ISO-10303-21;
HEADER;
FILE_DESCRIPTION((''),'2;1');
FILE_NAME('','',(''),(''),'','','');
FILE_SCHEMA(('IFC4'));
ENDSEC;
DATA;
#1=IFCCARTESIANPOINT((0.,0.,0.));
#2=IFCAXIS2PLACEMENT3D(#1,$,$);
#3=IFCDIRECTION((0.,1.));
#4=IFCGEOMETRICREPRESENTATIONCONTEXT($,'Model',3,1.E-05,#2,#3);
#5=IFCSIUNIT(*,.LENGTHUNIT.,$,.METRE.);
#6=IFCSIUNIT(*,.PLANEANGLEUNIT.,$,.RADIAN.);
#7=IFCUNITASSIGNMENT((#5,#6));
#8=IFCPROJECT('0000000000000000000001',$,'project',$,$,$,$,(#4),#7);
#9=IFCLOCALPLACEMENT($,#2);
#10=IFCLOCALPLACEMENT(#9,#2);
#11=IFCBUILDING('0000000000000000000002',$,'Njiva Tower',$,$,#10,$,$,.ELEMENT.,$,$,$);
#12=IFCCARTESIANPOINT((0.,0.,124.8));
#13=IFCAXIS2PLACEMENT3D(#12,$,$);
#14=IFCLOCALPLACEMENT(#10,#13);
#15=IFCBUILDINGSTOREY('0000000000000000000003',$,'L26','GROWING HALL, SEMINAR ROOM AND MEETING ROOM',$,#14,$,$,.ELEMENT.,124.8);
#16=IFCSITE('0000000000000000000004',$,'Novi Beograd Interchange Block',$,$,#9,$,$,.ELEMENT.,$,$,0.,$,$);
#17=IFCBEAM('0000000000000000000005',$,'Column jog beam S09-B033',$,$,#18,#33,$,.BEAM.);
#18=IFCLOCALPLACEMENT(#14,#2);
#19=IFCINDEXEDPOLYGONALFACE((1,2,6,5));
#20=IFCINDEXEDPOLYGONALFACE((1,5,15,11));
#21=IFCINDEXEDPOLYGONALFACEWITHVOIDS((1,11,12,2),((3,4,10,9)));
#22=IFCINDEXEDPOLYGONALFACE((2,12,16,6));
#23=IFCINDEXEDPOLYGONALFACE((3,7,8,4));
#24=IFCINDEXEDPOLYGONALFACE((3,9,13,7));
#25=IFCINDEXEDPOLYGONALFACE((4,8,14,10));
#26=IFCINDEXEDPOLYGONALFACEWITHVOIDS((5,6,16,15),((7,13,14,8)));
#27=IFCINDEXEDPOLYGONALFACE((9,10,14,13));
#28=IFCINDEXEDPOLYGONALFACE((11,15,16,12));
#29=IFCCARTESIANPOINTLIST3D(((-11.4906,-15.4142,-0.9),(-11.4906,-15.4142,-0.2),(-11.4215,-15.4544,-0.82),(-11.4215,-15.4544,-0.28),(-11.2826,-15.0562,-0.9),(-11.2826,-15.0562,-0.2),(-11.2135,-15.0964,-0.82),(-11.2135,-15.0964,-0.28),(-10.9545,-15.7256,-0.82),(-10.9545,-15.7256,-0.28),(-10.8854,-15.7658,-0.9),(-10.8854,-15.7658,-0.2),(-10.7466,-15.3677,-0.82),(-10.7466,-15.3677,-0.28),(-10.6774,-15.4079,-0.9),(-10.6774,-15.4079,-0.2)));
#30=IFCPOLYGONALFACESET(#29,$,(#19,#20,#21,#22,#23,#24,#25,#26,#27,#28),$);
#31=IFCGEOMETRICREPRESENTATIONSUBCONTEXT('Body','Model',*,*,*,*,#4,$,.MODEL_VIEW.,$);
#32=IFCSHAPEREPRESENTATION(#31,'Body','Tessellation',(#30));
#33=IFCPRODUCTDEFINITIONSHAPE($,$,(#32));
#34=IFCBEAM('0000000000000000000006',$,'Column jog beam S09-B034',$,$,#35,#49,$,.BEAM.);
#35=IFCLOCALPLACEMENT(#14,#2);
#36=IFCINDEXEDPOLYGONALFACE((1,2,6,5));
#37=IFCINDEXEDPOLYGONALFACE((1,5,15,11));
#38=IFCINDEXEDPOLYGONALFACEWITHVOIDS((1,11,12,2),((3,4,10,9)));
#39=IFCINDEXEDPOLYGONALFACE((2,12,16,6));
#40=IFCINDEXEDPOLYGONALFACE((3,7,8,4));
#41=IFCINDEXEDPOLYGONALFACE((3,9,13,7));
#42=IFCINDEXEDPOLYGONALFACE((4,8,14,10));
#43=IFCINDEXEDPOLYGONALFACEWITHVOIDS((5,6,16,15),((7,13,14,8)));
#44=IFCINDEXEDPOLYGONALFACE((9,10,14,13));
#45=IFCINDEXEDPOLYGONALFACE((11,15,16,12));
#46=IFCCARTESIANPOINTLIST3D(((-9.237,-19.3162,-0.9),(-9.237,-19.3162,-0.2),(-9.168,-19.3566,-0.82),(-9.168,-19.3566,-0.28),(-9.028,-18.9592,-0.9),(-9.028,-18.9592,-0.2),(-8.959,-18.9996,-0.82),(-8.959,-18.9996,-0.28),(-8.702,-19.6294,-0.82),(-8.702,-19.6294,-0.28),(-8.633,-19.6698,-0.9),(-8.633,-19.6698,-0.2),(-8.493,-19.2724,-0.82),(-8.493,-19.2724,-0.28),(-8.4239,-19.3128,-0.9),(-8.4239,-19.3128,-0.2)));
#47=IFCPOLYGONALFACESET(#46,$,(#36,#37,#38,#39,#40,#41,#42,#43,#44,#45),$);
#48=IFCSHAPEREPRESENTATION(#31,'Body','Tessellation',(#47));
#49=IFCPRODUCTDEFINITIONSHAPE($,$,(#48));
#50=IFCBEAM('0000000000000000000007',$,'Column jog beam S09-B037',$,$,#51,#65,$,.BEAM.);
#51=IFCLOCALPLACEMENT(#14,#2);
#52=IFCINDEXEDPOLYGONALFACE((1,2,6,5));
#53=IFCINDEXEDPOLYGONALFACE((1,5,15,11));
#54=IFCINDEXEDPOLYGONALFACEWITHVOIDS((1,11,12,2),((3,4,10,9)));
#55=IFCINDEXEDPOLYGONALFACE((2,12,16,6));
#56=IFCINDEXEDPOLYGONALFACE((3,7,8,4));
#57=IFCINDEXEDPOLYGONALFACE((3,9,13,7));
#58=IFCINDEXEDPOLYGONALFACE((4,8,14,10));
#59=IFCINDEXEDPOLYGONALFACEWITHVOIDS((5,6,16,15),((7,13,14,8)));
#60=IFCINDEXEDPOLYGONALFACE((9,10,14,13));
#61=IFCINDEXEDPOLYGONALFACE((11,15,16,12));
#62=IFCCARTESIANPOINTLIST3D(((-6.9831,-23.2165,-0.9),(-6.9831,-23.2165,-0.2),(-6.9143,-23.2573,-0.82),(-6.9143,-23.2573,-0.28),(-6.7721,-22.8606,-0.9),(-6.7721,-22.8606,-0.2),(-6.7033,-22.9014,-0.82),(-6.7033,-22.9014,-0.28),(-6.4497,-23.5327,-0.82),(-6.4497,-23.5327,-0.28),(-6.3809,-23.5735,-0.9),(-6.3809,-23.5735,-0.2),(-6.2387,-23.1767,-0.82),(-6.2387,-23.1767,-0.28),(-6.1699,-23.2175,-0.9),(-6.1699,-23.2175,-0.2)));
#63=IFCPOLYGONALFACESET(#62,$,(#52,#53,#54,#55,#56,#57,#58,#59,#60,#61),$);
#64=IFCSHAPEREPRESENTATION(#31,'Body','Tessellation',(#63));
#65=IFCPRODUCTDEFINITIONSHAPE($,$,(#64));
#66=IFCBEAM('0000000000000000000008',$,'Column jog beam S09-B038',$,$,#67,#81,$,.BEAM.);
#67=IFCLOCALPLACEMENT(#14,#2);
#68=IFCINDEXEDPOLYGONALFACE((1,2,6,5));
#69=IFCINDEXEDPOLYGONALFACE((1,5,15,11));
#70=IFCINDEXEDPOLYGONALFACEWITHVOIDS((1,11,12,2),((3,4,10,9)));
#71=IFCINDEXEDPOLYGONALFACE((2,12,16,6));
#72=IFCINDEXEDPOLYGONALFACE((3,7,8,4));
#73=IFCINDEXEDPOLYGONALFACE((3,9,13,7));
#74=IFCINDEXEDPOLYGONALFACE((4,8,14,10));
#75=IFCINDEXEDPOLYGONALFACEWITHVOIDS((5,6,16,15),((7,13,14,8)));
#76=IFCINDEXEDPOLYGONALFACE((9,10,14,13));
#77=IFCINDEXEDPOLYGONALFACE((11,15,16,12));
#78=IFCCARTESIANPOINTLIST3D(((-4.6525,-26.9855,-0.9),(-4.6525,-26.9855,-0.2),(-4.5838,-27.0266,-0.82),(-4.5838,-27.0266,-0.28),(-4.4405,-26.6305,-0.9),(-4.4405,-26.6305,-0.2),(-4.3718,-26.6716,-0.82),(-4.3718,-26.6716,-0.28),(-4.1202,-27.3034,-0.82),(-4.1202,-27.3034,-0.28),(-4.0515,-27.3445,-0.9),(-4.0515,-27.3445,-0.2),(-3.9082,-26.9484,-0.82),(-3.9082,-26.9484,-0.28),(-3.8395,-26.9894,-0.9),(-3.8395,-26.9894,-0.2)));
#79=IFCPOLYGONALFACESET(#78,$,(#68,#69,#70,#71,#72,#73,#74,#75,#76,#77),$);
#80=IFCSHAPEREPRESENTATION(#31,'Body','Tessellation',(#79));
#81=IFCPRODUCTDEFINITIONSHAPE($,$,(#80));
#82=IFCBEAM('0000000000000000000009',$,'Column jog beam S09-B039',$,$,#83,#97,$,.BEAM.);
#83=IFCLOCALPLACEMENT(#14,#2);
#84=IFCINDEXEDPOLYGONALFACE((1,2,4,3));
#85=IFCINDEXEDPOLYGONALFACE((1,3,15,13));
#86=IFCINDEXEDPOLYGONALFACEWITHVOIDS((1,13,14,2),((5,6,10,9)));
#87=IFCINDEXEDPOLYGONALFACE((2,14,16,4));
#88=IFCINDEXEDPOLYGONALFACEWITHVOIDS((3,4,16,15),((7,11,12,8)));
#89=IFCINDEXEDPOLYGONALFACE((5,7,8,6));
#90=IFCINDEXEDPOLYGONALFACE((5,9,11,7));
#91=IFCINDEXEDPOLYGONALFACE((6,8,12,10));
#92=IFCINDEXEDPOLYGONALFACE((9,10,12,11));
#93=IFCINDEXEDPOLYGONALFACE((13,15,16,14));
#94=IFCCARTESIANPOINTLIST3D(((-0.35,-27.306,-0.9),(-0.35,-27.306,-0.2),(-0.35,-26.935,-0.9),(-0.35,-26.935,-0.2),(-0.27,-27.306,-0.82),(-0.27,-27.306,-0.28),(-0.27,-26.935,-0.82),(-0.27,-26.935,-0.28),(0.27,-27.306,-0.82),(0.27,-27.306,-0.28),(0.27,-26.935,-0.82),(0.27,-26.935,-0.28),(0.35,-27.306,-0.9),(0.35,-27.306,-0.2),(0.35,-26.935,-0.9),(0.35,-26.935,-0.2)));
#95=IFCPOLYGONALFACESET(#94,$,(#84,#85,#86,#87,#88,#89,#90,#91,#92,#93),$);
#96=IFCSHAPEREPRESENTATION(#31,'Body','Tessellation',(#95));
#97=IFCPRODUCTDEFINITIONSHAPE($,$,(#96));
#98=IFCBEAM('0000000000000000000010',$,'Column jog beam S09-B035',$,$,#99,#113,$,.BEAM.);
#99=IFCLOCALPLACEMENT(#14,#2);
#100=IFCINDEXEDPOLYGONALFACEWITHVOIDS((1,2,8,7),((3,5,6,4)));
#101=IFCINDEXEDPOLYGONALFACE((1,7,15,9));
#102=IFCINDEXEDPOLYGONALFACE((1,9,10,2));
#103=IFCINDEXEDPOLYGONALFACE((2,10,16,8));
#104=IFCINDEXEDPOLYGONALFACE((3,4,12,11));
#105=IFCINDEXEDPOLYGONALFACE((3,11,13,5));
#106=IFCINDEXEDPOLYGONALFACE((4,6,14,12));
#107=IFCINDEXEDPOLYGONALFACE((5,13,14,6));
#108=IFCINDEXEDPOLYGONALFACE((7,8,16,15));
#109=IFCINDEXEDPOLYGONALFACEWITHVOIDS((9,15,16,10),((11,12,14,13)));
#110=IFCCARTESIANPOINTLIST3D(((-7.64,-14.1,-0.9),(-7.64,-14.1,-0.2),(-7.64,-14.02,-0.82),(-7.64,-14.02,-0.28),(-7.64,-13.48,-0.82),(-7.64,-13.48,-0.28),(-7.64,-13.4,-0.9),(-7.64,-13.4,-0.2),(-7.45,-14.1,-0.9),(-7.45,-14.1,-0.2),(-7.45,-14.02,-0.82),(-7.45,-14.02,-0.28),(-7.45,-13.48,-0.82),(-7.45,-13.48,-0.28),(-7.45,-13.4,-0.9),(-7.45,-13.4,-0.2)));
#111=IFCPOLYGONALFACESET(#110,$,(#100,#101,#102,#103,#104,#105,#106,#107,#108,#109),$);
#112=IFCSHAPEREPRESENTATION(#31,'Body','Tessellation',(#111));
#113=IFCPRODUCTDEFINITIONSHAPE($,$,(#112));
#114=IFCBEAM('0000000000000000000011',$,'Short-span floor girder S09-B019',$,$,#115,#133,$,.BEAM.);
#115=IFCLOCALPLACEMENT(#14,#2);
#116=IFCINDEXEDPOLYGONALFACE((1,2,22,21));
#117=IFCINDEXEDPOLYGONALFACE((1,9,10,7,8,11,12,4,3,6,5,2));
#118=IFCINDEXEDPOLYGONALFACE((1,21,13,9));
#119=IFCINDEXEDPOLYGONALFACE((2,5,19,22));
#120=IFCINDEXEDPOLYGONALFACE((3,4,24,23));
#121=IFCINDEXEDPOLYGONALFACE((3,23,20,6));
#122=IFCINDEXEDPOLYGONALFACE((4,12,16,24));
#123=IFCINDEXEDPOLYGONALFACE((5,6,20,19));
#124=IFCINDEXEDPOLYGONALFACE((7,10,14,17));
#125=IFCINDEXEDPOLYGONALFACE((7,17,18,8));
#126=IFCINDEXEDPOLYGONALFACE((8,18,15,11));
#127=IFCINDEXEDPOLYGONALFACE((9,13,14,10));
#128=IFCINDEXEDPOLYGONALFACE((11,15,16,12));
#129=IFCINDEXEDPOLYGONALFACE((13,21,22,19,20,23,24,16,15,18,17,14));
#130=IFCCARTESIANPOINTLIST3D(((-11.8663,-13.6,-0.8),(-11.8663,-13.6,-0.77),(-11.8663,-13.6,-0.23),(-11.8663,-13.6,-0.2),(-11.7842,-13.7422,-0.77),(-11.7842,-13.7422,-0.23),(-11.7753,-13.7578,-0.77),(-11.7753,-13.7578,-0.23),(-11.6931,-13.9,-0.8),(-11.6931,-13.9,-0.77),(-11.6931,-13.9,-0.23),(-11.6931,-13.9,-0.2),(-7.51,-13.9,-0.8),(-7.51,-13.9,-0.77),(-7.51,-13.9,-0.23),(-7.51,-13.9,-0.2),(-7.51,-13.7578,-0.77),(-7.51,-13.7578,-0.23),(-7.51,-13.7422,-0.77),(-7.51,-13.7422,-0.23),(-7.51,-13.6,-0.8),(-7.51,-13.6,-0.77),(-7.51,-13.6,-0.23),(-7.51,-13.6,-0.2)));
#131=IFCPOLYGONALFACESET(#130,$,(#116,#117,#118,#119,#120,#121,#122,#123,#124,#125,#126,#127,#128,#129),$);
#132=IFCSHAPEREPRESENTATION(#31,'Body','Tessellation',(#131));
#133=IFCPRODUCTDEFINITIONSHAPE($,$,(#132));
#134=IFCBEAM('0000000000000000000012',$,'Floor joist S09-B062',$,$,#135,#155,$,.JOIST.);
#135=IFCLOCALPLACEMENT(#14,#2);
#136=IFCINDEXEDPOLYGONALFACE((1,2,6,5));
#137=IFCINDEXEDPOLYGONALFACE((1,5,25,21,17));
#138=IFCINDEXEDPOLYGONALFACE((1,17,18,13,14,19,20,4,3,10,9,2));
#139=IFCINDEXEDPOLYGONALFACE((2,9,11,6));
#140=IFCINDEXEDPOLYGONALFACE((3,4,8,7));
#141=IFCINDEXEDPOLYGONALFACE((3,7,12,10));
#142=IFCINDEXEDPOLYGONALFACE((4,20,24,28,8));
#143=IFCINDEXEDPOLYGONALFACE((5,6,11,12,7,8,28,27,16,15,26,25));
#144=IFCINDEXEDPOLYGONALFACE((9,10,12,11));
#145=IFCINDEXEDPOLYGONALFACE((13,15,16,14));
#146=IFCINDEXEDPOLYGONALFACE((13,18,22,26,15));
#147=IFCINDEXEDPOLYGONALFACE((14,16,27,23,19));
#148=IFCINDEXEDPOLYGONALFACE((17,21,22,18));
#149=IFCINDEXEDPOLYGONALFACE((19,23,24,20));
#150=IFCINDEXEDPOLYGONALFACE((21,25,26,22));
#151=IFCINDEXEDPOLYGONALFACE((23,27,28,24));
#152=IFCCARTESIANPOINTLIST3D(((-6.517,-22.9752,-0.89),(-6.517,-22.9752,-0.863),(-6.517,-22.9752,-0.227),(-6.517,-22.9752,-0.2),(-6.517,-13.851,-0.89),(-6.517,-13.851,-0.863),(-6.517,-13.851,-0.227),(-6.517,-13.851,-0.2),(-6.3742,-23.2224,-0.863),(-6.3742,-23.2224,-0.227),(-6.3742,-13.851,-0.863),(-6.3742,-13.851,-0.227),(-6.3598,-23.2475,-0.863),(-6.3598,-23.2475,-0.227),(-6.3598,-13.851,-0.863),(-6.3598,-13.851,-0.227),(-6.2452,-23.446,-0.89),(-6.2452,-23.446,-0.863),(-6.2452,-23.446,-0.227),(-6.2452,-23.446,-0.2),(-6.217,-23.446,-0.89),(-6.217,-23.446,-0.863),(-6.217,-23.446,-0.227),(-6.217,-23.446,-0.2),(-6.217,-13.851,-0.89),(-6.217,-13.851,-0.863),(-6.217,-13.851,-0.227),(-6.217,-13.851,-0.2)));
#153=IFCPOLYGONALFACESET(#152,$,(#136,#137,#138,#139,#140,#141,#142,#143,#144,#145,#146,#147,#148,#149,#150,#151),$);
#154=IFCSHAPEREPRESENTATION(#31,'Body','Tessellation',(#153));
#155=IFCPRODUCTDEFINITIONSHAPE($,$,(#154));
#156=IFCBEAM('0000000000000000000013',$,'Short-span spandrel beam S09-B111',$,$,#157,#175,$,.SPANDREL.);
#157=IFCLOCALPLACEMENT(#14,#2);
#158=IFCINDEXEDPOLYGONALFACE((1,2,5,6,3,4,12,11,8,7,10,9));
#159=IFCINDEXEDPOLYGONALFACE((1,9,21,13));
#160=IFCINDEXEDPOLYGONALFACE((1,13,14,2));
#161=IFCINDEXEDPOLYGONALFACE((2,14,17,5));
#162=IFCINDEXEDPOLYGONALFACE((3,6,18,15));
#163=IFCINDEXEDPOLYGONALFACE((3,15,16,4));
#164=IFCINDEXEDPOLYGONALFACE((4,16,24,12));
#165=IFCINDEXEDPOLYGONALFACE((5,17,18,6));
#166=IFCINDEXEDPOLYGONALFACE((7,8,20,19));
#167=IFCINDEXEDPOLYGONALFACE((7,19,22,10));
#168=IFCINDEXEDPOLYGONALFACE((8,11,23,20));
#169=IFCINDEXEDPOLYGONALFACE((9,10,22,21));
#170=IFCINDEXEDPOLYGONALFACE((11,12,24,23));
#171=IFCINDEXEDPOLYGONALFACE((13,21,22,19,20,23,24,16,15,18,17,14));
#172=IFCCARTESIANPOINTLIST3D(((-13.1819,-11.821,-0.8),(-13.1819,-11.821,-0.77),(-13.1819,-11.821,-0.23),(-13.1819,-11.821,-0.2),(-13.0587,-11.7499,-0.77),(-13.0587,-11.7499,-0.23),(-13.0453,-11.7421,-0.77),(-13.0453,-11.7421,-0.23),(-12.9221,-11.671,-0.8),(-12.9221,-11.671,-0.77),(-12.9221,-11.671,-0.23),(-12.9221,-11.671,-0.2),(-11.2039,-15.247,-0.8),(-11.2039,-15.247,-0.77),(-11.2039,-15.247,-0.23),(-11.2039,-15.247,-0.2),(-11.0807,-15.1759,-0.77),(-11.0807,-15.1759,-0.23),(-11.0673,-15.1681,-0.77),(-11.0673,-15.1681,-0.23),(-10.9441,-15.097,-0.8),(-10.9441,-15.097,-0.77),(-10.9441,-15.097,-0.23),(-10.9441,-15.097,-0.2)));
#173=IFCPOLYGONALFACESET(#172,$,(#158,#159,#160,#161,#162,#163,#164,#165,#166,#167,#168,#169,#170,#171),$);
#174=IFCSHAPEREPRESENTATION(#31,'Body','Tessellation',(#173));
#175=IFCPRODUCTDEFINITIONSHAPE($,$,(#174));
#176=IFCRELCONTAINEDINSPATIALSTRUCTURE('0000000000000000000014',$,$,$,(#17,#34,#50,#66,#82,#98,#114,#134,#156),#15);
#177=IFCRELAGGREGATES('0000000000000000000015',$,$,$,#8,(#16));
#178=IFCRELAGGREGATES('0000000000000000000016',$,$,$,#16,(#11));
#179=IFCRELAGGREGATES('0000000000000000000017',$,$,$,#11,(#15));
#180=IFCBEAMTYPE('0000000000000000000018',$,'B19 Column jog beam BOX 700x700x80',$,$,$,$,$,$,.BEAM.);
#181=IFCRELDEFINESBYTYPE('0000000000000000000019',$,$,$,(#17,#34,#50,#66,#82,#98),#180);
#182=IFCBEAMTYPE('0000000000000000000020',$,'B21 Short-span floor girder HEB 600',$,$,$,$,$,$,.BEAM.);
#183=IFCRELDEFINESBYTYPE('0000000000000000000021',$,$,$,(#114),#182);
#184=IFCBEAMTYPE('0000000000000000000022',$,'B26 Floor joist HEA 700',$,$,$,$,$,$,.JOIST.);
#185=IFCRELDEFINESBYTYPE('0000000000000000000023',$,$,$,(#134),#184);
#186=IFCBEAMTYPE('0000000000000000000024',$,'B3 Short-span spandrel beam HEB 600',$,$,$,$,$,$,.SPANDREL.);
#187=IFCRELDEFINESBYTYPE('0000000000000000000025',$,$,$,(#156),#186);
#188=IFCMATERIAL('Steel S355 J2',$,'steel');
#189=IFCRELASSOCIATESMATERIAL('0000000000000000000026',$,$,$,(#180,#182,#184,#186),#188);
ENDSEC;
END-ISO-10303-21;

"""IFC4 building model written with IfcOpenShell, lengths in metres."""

from ifc_helpers import new_model, si_unit, direction, frame, origin, origin_2d, place, context, subcontext, project, spatial, hollow_rectangle, i_section, extrude, clip, halfspace, material, material_profile, profile_set, type_object, element, save


model = new_model("IFC4")

# Units and contexts
model_context = context("Model", 3, precision=1e-05, world=origin(), true_north=direction((0.0, 1.0)))
body_context = subcontext(model_context, "Body", "Model", "MODEL_VIEW")
ifc_project = project(units=[si_unit("LENGTHUNIT", "METRE"), si_unit("PLANEANGLEUNIT", "RADIAN")], contexts=[model_context])

# Site, building, storey
site_placement = place(None, origin())
site = spatial("IfcSite", under=ifc_project, at=site_placement, Name="Novi Beograd Interchange Block", CompositionType="ELEMENT", RefElevation=0.0)
building_placement = place(site_placement, origin())
building = spatial("IfcBuilding", under=site, at=building_placement, Name="Njiva Tower", CompositionType="ELEMENT")
storey_placement = place(building_placement, frame((0.0, 0.0, 124.8)))
storey = spatial("IfcBuildingStorey", under=building, at=storey_placement, Name="L26", Description="GROWING HALL, SEMINAR ROOM AND MEETING ROOM", CompositionType="ELEMENT", Elevation=124.8)

# Shared definitions
ifc_material_1 = material(Name="Steel S355 J2", Category="steel")

# Beams
ifc_material_profile_1 = material_profile(ifc_material_1, hollow_rectangle(XDim=0.7, YDim=0.7, WallThickness=0.08, at=origin_2d()), Name="BOX 700x700x80")
ifc_profile_set_1 = profile_set([ifc_material_profile_1], Name="Steel S355 J2")
beam_type_1 = type_object("IfcBeamType", Name="B19 Column jog beam BOX 700x700x80", PredefinedType="BEAM", material=ifc_profile_set_1)
beam_1_placement = place(storey_placement, frame((-11.188, -15.59, -0.55), z_axis=(0.502369, 0.864654, 0.0), x_axis=(-0.864654, 0.502369, 0.0)))
element("IfcBeam", 1, at=beam_1_placement, inside=storey, type_object=beam_type_1, Name="Column jog beam S09-B033", PredefinedType="BEAM", context=body_context, shape_type="SweptSolid", body=[
    extrude(hollow_rectangle(XDim=0.7, YDim=0.7, WallThickness=0.08, at=origin_2d()), origin(), (0.0, 0.0, 1.0), 0.414),
])
beam_2_placement = place(storey_placement, frame((-8.935, -19.493, -0.55), z_axis=(0.505223, 0.862989, 0.0), x_axis=(-0.862989, 0.505223, 0.0)))
element("IfcBeam", 2, at=beam_2_placement, inside=storey, type_object=beam_type_1, Name="Column jog beam S09-B034", PredefinedType="BEAM", context=body_context, shape_type="SweptSolid", body=[
    extrude(hollow_rectangle(XDim=0.7, YDim=0.7, WallThickness=0.08, at=origin_2d()), origin(), (0.0, 0.0, 1.0), 0.4137),
])
beam_3_placement = place(storey_placement, frame((-6.682, -23.395, -0.55), z_axis=(0.509869, 0.860252, 0.0), x_axis=(-0.860252, 0.509869, 0.0)))
element("IfcBeam", 3, at=beam_3_placement, inside=storey, type_object=beam_type_1, Name="Column jog beam S09-B037", PredefinedType="BEAM", context=body_context, shape_type="SweptSolid", body=[
    extrude(hollow_rectangle(XDim=0.7, YDim=0.7, WallThickness=0.08, at=origin_2d()), origin(), (0.0, 0.0, 1.0), 0.4138),
])
beam_4_placement = place(storey_placement, frame((-4.352, -27.165, -0.55), z_axis=(0.512716, 0.858558, 0.0), x_axis=(-0.858558, 0.512716, 0.0)))
element("IfcBeam", 4, at=beam_4_placement, inside=storey, type_object=beam_type_1, Name="Column jog beam S09-B038", PredefinedType="BEAM", context=body_context, shape_type="SweptSolid", body=[
    extrude(hollow_rectangle(XDim=0.7, YDim=0.7, WallThickness=0.08, at=origin_2d()), origin(), (0.0, 0.0, 1.0), 0.4135),
])
beam_5_placement = place(storey_placement, frame((0.0, -27.306, -0.55), z_axis=(0.0, 1.0, 0.0), x_axis=(-1.0, 0.0, 0.0)))
element("IfcBeam", 5, at=beam_5_placement, inside=storey, type_object=beam_type_1, Name="Column jog beam S09-B039", PredefinedType="BEAM", context=body_context, shape_type="SweptSolid", body=[
    extrude(hollow_rectangle(XDim=0.7, YDim=0.7, WallThickness=0.08, at=origin_2d()), origin(), (0.0, 0.0, 1.0), 0.371),
])
beam_6_placement = place(storey_placement, frame((-7.64, -13.75, -0.55), z_axis=(1.0, 0.0, 0.0), x_axis=(0.0, 1.0, 0.0)))
element("IfcBeam", 6, at=beam_6_placement, inside=storey, type_object=beam_type_1, Name="Column jog beam S09-B035", PredefinedType="BEAM", context=body_context, shape_type="SweptSolid", body=[
    extrude(hollow_rectangle(XDim=0.7, YDim=0.7, WallThickness=0.08, at=origin_2d()), origin(), (0.0, 0.0, 1.0), 0.19),
])
ifc_material_profile_2 = material_profile(ifc_material_1, i_section(OverallWidth=0.3, OverallDepth=0.6, WebThickness=0.0155, FlangeThickness=0.03, at=origin_2d()), Name="HEB 600")
ifc_profile_set_2 = profile_set([ifc_material_profile_2], Name="Steel S355 J2")
beam_type_2 = type_object("IfcBeamType", Name="B21 Short-span floor girder HEB 600", PredefinedType="BEAM", material=ifc_profile_set_2)
beam_7_placement = place(storey_placement, frame((-11.887, -13.75, -0.5), z_axis=(1.0, 0.0, 0.0), x_axis=(0.0, 1.0, 0.0)))
element("IfcBeam", 7, at=beam_7_placement, inside=storey, type_object=beam_type_2, Name="Short-span floor girder S09-B019", PredefinedType="BEAM", context=body_context, shape_type="Clipping", body=[
    clip(extrude(i_section(OverallWidth=0.3, OverallDepth=0.6, WebThickness=0.0155, FlangeThickness=0.03, at=origin_2d()), origin(), (0.0, 0.0, 1.0), 4.377), halfspace(frame((-0.025, 0.0, 0.1217), z_axis=(-0.499998, 0.0, -0.866027), x_axis=(0.0, -1.0, 0.0)), False)),
])
ifc_material_profile_3 = material_profile(ifc_material_1, i_section(OverallWidth=0.3, OverallDepth=0.69, WebThickness=0.0145, FlangeThickness=0.027, at=origin_2d()), Name="HEA 700")
ifc_profile_set_3 = profile_set([ifc_material_profile_3], Name="Steel S355 J2")
beam_type_3 = type_object("IfcBeamType", Name="B26 Floor joist HEA 700", PredefinedType="JOIST", material=ifc_profile_set_3)
beam_8_placement = place(storey_placement, frame((-6.367, -13.851, -0.545), z_axis=(0.0, -1.0, 0.0), x_axis=(1.0, 0.0, 0.0)))
element("IfcBeam", 8, at=beam_8_placement, inside=storey, type_object=beam_type_3, Name="Floor joist S09-B062", PredefinedType="JOIST", context=body_context, shape_type="Clipping", body=[
    clip(extrude(i_section(OverallWidth=0.3, OverallDepth=0.69, WebThickness=0.0145, FlangeThickness=0.027, at=origin_2d()), origin(), (0.0, 0.0, 1.0), 9.595), halfspace(frame((-0.043, 0.0, 9.3095), z_axis=(-0.866027, 0.0, 0.499998), x_axis=(0.0, 1.0, 0.0)), False)),
])
ifc_material_profile_4 = material_profile(ifc_material_1, i_section(OverallWidth=0.3, OverallDepth=0.6, WebThickness=0.0155, FlangeThickness=0.03, at=origin_2d()), Name="HEB 600")
ifc_profile_set_4 = profile_set([ifc_material_profile_4], Name="Steel S355 J2")
beam_type_4 = type_object("IfcBeamType", Name="B3 Short-span spandrel beam HEB 600", PredefinedType="SPANDREL", material=ifc_profile_set_4)
beam_9_placement = place(storey_placement, frame((-13.052, -11.746, -0.5), z_axis=(0.5, -0.866026, 0.0), x_axis=(0.866026, 0.5, 0.0)))
element("IfcBeam", 9, at=beam_9_placement, inside=storey, type_object=beam_type_4, Name="Short-span spandrel beam S09-B111", PredefinedType="SPANDREL", context=body_context, shape_type="SweptSolid", body=[
    extrude(i_section(OverallWidth=0.3, OverallDepth=0.6, WebThickness=0.0155, FlangeThickness=0.03, at=origin_2d()), origin(), (0.0, 0.0, 1.0), 3.956),
])

save(model, "model.ifc")
